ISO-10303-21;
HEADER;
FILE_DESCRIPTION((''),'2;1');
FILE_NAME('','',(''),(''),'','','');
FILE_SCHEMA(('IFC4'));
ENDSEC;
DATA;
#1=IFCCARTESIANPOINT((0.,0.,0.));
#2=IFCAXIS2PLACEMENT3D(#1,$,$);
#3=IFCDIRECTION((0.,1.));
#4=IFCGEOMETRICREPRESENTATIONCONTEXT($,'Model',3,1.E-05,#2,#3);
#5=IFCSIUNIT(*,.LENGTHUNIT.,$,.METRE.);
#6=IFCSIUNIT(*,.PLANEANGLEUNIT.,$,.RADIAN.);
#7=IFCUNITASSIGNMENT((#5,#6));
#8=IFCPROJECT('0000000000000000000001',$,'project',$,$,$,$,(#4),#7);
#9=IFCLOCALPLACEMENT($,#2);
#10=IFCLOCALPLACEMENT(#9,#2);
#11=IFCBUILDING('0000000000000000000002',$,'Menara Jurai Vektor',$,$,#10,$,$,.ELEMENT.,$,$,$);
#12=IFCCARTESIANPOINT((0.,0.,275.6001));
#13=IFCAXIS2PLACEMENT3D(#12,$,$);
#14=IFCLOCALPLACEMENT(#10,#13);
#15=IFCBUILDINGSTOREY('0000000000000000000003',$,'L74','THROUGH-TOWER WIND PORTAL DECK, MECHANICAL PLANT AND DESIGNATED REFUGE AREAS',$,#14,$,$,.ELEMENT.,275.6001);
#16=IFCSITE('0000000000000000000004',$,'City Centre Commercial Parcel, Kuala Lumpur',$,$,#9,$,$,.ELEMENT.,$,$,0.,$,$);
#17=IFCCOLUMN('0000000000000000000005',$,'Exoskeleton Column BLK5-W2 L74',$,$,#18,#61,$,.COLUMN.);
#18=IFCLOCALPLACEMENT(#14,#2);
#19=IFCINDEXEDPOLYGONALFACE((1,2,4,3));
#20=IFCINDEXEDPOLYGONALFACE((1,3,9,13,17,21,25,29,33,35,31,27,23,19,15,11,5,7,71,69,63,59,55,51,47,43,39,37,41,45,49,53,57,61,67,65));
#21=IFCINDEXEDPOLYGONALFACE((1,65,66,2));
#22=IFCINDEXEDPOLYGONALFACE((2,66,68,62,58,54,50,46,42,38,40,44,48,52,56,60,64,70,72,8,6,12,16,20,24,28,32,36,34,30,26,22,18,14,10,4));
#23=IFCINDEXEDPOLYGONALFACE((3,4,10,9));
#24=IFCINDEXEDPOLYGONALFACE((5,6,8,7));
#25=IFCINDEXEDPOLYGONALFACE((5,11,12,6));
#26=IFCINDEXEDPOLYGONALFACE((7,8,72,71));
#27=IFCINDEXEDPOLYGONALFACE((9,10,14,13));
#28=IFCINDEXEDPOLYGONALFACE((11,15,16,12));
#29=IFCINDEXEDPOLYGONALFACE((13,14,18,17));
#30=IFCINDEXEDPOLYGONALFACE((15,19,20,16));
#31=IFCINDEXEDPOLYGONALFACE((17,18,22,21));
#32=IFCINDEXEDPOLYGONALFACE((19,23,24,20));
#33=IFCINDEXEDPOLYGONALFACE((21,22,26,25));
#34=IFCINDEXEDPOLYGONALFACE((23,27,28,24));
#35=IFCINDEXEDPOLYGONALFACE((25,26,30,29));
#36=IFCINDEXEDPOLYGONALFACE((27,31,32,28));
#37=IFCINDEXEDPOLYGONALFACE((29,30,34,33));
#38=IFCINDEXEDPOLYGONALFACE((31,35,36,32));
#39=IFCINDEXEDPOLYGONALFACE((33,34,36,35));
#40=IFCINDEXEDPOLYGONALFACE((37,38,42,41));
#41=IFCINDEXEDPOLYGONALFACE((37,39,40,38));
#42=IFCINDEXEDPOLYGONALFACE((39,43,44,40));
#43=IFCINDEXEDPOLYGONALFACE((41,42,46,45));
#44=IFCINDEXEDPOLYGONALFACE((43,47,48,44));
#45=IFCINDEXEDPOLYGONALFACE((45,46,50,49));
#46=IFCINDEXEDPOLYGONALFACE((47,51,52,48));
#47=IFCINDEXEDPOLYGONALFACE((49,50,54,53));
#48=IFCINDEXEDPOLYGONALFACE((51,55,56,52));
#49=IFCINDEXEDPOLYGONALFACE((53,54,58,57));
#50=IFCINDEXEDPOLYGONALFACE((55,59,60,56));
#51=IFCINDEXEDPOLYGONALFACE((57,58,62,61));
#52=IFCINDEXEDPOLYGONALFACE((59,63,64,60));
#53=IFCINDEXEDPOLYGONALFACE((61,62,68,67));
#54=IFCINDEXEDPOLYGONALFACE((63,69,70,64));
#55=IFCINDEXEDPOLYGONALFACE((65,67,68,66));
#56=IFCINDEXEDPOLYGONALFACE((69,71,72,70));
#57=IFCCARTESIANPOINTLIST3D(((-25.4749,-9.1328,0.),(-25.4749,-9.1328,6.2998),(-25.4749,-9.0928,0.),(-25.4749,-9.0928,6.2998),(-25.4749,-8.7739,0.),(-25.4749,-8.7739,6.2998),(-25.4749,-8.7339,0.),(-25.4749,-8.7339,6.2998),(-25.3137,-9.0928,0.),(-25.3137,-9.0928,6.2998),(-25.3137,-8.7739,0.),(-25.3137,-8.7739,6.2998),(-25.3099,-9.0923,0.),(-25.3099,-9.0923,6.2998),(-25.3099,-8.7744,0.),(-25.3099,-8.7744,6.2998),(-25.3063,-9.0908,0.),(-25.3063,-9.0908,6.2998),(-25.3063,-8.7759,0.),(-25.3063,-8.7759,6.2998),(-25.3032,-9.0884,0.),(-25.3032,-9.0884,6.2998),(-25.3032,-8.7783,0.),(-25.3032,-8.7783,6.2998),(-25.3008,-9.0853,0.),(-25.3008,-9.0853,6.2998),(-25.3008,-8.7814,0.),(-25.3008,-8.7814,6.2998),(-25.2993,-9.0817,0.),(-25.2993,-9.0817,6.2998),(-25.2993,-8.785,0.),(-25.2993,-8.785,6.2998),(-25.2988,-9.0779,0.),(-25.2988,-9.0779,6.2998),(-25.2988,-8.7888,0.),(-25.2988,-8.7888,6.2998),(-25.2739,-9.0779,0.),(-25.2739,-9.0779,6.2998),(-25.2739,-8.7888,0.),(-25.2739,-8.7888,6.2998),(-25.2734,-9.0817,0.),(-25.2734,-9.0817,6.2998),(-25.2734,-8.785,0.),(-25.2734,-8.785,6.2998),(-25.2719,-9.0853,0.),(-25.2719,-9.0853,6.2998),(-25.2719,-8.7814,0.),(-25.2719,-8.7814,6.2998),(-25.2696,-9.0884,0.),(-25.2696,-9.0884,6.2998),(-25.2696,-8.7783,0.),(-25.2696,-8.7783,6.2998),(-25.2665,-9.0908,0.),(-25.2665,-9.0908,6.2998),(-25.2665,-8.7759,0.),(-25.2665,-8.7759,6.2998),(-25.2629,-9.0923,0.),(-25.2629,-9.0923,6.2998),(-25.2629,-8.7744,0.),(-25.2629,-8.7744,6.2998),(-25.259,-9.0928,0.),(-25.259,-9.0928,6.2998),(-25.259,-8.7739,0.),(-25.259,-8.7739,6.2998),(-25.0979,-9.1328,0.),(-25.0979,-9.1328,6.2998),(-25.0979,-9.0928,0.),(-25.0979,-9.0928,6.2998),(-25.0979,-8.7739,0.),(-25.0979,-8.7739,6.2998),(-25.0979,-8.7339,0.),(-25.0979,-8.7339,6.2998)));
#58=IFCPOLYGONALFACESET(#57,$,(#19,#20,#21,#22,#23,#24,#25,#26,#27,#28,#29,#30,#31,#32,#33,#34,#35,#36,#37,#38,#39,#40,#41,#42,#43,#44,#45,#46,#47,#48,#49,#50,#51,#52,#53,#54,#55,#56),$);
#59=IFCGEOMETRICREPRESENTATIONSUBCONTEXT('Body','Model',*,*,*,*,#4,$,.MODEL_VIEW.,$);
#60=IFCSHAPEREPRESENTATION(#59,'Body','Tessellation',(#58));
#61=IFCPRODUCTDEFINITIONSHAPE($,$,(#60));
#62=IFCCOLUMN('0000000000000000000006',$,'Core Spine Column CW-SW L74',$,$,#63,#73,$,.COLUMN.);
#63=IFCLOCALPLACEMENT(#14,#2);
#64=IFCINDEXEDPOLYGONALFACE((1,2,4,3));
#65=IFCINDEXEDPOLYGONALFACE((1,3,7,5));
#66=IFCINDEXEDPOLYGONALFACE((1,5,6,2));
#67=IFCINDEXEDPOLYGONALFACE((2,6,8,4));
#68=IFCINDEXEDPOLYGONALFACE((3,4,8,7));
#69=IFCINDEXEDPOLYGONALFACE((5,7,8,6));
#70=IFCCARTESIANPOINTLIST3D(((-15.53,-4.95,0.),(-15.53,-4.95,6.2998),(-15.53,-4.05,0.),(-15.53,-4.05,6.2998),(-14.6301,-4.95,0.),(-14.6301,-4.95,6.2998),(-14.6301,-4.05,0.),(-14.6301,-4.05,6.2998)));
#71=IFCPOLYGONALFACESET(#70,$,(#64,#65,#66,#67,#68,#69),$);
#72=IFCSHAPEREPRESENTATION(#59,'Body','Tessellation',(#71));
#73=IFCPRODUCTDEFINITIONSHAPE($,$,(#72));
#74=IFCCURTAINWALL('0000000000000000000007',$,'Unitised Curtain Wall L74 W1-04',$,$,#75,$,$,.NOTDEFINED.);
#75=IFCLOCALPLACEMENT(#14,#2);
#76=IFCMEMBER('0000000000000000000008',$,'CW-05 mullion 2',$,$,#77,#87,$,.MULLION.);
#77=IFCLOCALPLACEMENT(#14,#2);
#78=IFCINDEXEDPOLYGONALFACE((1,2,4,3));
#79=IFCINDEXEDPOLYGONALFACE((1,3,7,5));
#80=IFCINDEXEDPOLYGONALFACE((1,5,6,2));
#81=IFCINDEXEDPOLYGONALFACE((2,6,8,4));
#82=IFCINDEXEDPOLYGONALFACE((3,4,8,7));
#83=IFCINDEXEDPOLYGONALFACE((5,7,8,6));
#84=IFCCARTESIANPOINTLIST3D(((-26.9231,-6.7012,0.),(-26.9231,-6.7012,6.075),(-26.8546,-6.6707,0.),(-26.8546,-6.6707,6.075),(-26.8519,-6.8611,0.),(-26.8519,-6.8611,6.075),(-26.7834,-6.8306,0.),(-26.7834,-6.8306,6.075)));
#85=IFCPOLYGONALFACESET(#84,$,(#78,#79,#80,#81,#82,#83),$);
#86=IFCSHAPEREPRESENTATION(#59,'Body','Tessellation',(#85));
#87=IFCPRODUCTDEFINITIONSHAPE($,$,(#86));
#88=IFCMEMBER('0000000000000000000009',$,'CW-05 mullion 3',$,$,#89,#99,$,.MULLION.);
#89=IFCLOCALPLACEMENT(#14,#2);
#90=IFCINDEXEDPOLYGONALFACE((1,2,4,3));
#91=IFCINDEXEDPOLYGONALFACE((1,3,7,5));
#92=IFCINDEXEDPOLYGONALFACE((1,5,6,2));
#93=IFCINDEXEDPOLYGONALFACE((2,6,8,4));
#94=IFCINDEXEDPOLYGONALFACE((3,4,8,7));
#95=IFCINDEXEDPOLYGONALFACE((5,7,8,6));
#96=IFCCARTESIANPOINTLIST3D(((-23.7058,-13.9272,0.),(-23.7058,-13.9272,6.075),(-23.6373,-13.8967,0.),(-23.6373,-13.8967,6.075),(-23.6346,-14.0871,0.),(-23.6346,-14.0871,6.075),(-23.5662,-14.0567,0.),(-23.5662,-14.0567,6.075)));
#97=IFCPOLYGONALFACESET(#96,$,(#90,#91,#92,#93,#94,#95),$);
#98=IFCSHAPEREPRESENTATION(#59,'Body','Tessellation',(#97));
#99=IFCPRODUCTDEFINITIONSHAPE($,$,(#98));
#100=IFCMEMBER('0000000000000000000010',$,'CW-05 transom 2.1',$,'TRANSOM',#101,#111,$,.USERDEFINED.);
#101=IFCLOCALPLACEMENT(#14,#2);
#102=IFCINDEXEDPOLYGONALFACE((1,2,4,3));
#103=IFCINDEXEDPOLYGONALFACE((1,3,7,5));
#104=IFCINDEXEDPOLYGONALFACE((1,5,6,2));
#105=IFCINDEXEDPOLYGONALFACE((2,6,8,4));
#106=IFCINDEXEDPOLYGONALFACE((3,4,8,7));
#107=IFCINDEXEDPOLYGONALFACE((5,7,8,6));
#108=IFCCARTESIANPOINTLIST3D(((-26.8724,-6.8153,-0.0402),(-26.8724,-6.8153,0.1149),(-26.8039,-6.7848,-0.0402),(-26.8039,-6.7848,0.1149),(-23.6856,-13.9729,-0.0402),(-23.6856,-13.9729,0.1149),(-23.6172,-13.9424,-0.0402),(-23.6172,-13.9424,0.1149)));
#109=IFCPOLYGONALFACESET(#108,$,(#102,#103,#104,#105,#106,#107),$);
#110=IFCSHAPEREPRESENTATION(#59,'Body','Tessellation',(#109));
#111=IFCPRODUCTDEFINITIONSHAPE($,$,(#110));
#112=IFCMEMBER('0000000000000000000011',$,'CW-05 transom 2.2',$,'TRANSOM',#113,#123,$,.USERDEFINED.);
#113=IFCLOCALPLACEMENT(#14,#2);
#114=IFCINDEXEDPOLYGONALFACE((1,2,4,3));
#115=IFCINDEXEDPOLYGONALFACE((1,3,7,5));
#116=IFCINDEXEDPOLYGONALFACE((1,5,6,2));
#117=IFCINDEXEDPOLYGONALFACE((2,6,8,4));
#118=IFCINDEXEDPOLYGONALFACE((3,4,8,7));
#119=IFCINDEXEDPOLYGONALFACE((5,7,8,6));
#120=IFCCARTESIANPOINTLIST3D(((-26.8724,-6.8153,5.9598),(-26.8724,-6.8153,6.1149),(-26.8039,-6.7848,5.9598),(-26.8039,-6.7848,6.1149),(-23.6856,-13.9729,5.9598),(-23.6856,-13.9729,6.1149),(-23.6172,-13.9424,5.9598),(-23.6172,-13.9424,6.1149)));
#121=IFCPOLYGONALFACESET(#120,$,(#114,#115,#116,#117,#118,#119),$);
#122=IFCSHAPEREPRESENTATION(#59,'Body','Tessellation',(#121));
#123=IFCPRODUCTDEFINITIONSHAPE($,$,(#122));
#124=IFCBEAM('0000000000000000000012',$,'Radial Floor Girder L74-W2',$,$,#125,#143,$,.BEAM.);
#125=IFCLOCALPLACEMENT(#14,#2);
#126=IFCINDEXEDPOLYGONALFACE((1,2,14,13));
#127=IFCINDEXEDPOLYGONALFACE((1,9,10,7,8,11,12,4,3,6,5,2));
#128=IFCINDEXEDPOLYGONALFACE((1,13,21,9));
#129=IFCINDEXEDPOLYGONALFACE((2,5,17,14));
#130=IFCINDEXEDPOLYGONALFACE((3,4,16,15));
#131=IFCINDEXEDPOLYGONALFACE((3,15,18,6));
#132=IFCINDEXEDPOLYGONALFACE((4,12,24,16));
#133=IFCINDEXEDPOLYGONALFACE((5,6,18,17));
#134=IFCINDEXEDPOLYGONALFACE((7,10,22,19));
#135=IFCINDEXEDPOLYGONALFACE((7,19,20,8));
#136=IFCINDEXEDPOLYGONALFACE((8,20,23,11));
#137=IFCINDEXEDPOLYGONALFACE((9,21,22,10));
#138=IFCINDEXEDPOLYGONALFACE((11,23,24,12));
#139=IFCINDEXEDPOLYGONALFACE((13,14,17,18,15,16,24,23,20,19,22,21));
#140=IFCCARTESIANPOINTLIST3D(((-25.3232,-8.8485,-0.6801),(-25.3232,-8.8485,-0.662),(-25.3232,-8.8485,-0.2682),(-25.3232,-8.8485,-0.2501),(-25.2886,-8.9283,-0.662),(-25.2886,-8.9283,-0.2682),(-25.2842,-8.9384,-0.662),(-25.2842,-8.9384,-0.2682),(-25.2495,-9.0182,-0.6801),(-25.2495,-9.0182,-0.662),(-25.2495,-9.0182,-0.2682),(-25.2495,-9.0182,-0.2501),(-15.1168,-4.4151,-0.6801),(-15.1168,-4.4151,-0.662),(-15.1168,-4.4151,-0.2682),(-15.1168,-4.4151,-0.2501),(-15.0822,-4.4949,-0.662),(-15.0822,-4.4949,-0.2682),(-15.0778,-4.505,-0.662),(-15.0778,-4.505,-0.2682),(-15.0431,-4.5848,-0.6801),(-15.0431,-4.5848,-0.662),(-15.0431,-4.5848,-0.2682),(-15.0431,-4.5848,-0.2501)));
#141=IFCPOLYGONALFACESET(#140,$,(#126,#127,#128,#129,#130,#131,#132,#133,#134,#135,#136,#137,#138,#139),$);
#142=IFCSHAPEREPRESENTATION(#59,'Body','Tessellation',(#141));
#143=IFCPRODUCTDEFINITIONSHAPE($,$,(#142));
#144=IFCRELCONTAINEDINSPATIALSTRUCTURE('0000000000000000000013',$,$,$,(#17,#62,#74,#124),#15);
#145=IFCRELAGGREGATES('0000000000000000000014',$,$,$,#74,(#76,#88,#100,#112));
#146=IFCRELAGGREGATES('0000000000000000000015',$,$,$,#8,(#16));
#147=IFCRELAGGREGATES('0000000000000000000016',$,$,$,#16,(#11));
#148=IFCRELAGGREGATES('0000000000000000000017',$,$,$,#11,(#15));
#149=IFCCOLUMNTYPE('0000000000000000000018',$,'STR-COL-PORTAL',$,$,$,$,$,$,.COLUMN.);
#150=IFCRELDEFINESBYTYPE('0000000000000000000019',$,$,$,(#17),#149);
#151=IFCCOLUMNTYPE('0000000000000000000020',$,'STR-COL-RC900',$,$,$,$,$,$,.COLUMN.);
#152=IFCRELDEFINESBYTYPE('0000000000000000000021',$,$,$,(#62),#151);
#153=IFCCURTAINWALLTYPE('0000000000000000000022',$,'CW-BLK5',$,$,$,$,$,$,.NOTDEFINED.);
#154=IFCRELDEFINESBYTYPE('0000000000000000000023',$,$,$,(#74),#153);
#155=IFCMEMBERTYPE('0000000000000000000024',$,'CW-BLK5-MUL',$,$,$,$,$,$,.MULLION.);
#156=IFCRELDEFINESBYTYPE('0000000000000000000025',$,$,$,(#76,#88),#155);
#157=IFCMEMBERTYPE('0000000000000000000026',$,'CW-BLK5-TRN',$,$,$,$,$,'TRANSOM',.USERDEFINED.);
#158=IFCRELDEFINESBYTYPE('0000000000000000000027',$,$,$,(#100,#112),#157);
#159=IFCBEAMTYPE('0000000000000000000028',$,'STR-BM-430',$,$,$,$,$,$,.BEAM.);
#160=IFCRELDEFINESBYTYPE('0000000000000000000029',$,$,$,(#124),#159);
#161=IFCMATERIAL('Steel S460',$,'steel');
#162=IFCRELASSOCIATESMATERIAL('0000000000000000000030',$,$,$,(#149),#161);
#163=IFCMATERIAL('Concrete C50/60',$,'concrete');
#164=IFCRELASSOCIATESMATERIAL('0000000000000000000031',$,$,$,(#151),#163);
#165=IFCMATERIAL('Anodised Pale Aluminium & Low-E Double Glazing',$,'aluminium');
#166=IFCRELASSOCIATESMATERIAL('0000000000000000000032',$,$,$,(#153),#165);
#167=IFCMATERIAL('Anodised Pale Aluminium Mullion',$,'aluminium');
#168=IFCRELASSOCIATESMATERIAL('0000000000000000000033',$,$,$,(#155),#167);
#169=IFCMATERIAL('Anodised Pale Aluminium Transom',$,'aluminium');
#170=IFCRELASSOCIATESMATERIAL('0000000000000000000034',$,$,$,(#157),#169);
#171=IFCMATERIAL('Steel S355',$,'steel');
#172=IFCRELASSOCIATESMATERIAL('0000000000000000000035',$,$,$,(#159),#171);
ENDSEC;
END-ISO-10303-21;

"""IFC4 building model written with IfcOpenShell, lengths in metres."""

from ifc_helpers import new_model, si_unit, direction, frame, origin, origin_2d, place, context, subcontext, project, spatial, rectangle, i_section, extrude, material, material_profile, profile_set, type_object, element, aggregate, save


model = new_model("IFC4")

# Units and contexts
model_context = context("Model", 3, precision=1e-05, world=origin(), true_north=direction((0.0, 1.0)))
body_context = subcontext(model_context, "Body", "Model", "MODEL_VIEW")
ifc_project = project(units=[si_unit("LENGTHUNIT", "METRE"), si_unit("PLANEANGLEUNIT", "RADIAN")], contexts=[model_context])

# Site, building, storey
site_placement = place(None, origin())
site = spatial("IfcSite", under=ifc_project, at=site_placement, Name="City Centre Commercial Parcel, Kuala Lumpur", CompositionType="ELEMENT", RefElevation=0.0)
building_placement = place(site_placement, origin())
building = spatial("IfcBuilding", under=site, at=building_placement, Name="Menara Jurai Vektor", CompositionType="ELEMENT")
storey_placement = place(building_placement, frame((0.0, 0.0, 275.6001)))
storey = spatial("IfcBuildingStorey", under=building, at=storey_placement, Name="L74", Description="THROUGH-TOWER WIND PORTAL DECK, MECHANICAL PLANT AND DESIGNATED REFUGE AREAS", CompositionType="ELEMENT", Elevation=275.6001)

# Columns
ifc_material_1 = material(Name="Steel S460", Category="steel")
ifc_material_profile_1 = material_profile(ifc_material_1, i_section(OverallWidth=0.377, OverallDepth=0.3989, WebThickness=0.0249, FlangeThickness=0.04, FilletRadius=0.0149, at=origin_2d()), Name="HD 360x314")
ifc_profile_set_1 = profile_set([ifc_material_profile_1], Name="Steel S460")
column_type_1 = type_object("IfcColumnType", Name="STR-COL-PORTAL", PredefinedType="COLUMN", material=ifc_profile_set_1)
column_1_placement = place(storey_placement, frame((-25.2864, -8.9333, 0.0), z_axis=(0.0, 0.0, 1.0), x_axis=(1.0, 0.0, 0.0)))
element("IfcColumn", 1, at=column_1_placement, inside=storey, type_object=column_type_1, Name="Exoskeleton Column BLK5-W2 L74", PredefinedType="COLUMN", context=body_context, shape_type="SweptSolid", body=[
    extrude(i_section(OverallWidth=0.377, OverallDepth=0.3989, WebThickness=0.0249, FlangeThickness=0.04, FilletRadius=0.0149, at=origin_2d()), origin(), (0.0, 0.0, 1.0), 6.2998),
])
ifc_material_2 = material(Name="Concrete C50/60", Category="concrete")
ifc_material_profile_2 = material_profile(ifc_material_2, rectangle(XDim=0.8999, YDim=0.8999, at=origin_2d()), Name="RC 900x900")
ifc_profile_set_2 = profile_set([ifc_material_profile_2], Name="Concrete C50/60")
column_type_2 = type_object("IfcColumnType", Name="STR-COL-RC900", PredefinedType="COLUMN", material=ifc_profile_set_2)
column_2_placement = place(storey_placement, frame((-15.0801, -4.5, 0.0), z_axis=(0.0, 0.0, 1.0), x_axis=(1.0, 0.0, 0.0)))
element("IfcColumn", 2, at=column_2_placement, inside=storey, type_object=column_type_2, Name="Core Spine Column CW-SW L74", PredefinedType="COLUMN", context=body_context, shape_type="SweptSolid", body=[
    extrude(rectangle(XDim=0.8999, YDim=0.8999, at=origin_2d()), origin(), (0.0, 0.0, 1.0), 6.2998),
])

# Curtain wall, members
ifc_material_3 = material(Name="Anodised Pale Aluminium & Low-E Double Glazing", Category="aluminium")
curtain_wall_type = type_object("IfcCurtainWallType", Name="CW-BLK5", PredefinedType="NOTDEFINED", material=ifc_material_3)
curtain_wall_placement = place(storey_placement, origin())
curtain_wall = element("IfcCurtainWall", 3, at=curtain_wall_placement, inside=storey, type_object=curtain_wall_type, Name="Unitised Curtain Wall L74 W1-04", PredefinedType="NOTDEFINED")
ifc_material_4 = material(Name="Anodised Pale Aluminium Mullion", Category="aluminium")
ifc_material_profile_3 = material_profile(ifc_material_4, rectangle(XDim=0.075, YDim=0.175, at=origin_2d()), Name="ALU MUL 75x175")
ifc_profile_set_3 = profile_set([ifc_material_profile_3], Name="Anodised Pale Aluminium Mullion")
member_type_1 = type_object("IfcMemberType", Name="CW-BLK5-MUL", PredefinedType="MULLION", material=ifc_profile_set_3)
member_1_placement = place(storey_placement, frame((-26.8533, -6.7659, 0.0), z_axis=(0.0, 0.0, 1.0), x_axis=(0.913546, 0.406735, 0.0)))
member_1 = element("IfcMember", 4, at=member_1_placement, type_object=member_type_1, Name="CW-05 mullion 2", PredefinedType="MULLION", context=body_context, shape_type="SweptSolid", body=[
    extrude(rectangle(XDim=0.075, YDim=0.175, at=origin_2d()), origin(), (0.0, 0.0, 1.0), 6.075),
])
member_2_placement = place(storey_placement, frame((-23.636, -13.9919, 0.0), z_axis=(0.0, 0.0, 1.0), x_axis=(0.913546, 0.406735, 0.0)))
member_2 = element("IfcMember", 5, at=member_2_placement, type_object=member_type_1, Name="CW-05 mullion 3", PredefinedType="MULLION", context=body_context, shape_type="SweptSolid", body=[
    extrude(rectangle(XDim=0.075, YDim=0.175, at=origin_2d()), origin(), (0.0, 0.0, 1.0), 6.075),
])
ifc_material_5 = material(Name="Anodised Pale Aluminium Transom", Category="aluminium")
ifc_material_profile_4 = material_profile(ifc_material_5, rectangle(XDim=0.075, YDim=0.155, at=origin_2d()), Name="ALU TRN 75x155")
ifc_profile_set_4 = profile_set([ifc_material_profile_4], Name="Anodised Pale Aluminium Transom")
member_type_2 = type_object("IfcMemberType", Name="CW-BLK5-TRN", ElementType="TRANSOM", PredefinedType="USERDEFINED", material=ifc_profile_set_4)
member_3_placement = place(storey_placement, frame((-26.8381, -6.8, 0.0374), z_axis=(0.406731, -0.913548, 0.0), x_axis=(0.913548, 0.406731, 0.0)))
member_3 = element("IfcMember", 6, at=member_3_placement, type_object=member_type_2, Name="CW-05 transom 2.1", ObjectType="TRANSOM", PredefinedType="USERDEFINED", context=body_context, shape_type="SweptSolid", body=[
    extrude(rectangle(XDim=0.075, YDim=0.155, at=origin_2d()), origin(), (0.0, 0.0, 1.0), 7.835),
])
member_4_placement = place(storey_placement, frame((-26.8381, -6.8, 6.0374), z_axis=(0.406731, -0.913548, 0.0), x_axis=(0.913548, 0.406731, 0.0)))
member_4 = element("IfcMember", 7, at=member_4_placement, type_object=member_type_2, Name="CW-05 transom 2.2", ObjectType="TRANSOM", PredefinedType="USERDEFINED", context=body_context, shape_type="SweptSolid", body=[
    extrude(rectangle(XDim=0.075, YDim=0.155, at=origin_2d()), origin(), (0.0, 0.0, 1.0), 7.835),
])

# Beam
ifc_material_6 = material(Name="Steel S355", Category="steel")
ifc_material_profile_5 = material_profile(ifc_material_6, i_section(OverallWidth=0.1851, OverallDepth=0.4299, WebThickness=0.011, FlangeThickness=0.0181, at=origin_2d()), Name="PG 430x185x76")
ifc_profile_set_5 = profile_set([ifc_material_profile_5], Name="Steel S355")
beam_type_1 = type_object("IfcBeamType", Name="STR-BM-430", PredefinedType="BEAM", material=ifc_profile_set_5)
beam_1_placement = place(storey_placement, frame((-25.2864, -8.9333, -0.4651), z_axis=(0.917207, 0.398411, 0.0), x_axis=(-0.398411, 0.917207, 0.0)))
element("IfcBeam", 8, at=beam_1_placement, inside=storey, type_object=beam_type_1, Name="Radial Floor Girder L74-W2", PredefinedType="BEAM", context=body_context, shape_type="SweptSolid", body=[
    extrude(i_section(OverallWidth=0.1851, OverallDepth=0.4299, WebThickness=0.011, FlangeThickness=0.0181, at=origin_2d()), origin(), (0.0, 0.0, 1.0), 11.1277),
])

aggregate(curtain_wall, [member_1, member_2, member_3, member_4])

save(model, "model.ifc")
